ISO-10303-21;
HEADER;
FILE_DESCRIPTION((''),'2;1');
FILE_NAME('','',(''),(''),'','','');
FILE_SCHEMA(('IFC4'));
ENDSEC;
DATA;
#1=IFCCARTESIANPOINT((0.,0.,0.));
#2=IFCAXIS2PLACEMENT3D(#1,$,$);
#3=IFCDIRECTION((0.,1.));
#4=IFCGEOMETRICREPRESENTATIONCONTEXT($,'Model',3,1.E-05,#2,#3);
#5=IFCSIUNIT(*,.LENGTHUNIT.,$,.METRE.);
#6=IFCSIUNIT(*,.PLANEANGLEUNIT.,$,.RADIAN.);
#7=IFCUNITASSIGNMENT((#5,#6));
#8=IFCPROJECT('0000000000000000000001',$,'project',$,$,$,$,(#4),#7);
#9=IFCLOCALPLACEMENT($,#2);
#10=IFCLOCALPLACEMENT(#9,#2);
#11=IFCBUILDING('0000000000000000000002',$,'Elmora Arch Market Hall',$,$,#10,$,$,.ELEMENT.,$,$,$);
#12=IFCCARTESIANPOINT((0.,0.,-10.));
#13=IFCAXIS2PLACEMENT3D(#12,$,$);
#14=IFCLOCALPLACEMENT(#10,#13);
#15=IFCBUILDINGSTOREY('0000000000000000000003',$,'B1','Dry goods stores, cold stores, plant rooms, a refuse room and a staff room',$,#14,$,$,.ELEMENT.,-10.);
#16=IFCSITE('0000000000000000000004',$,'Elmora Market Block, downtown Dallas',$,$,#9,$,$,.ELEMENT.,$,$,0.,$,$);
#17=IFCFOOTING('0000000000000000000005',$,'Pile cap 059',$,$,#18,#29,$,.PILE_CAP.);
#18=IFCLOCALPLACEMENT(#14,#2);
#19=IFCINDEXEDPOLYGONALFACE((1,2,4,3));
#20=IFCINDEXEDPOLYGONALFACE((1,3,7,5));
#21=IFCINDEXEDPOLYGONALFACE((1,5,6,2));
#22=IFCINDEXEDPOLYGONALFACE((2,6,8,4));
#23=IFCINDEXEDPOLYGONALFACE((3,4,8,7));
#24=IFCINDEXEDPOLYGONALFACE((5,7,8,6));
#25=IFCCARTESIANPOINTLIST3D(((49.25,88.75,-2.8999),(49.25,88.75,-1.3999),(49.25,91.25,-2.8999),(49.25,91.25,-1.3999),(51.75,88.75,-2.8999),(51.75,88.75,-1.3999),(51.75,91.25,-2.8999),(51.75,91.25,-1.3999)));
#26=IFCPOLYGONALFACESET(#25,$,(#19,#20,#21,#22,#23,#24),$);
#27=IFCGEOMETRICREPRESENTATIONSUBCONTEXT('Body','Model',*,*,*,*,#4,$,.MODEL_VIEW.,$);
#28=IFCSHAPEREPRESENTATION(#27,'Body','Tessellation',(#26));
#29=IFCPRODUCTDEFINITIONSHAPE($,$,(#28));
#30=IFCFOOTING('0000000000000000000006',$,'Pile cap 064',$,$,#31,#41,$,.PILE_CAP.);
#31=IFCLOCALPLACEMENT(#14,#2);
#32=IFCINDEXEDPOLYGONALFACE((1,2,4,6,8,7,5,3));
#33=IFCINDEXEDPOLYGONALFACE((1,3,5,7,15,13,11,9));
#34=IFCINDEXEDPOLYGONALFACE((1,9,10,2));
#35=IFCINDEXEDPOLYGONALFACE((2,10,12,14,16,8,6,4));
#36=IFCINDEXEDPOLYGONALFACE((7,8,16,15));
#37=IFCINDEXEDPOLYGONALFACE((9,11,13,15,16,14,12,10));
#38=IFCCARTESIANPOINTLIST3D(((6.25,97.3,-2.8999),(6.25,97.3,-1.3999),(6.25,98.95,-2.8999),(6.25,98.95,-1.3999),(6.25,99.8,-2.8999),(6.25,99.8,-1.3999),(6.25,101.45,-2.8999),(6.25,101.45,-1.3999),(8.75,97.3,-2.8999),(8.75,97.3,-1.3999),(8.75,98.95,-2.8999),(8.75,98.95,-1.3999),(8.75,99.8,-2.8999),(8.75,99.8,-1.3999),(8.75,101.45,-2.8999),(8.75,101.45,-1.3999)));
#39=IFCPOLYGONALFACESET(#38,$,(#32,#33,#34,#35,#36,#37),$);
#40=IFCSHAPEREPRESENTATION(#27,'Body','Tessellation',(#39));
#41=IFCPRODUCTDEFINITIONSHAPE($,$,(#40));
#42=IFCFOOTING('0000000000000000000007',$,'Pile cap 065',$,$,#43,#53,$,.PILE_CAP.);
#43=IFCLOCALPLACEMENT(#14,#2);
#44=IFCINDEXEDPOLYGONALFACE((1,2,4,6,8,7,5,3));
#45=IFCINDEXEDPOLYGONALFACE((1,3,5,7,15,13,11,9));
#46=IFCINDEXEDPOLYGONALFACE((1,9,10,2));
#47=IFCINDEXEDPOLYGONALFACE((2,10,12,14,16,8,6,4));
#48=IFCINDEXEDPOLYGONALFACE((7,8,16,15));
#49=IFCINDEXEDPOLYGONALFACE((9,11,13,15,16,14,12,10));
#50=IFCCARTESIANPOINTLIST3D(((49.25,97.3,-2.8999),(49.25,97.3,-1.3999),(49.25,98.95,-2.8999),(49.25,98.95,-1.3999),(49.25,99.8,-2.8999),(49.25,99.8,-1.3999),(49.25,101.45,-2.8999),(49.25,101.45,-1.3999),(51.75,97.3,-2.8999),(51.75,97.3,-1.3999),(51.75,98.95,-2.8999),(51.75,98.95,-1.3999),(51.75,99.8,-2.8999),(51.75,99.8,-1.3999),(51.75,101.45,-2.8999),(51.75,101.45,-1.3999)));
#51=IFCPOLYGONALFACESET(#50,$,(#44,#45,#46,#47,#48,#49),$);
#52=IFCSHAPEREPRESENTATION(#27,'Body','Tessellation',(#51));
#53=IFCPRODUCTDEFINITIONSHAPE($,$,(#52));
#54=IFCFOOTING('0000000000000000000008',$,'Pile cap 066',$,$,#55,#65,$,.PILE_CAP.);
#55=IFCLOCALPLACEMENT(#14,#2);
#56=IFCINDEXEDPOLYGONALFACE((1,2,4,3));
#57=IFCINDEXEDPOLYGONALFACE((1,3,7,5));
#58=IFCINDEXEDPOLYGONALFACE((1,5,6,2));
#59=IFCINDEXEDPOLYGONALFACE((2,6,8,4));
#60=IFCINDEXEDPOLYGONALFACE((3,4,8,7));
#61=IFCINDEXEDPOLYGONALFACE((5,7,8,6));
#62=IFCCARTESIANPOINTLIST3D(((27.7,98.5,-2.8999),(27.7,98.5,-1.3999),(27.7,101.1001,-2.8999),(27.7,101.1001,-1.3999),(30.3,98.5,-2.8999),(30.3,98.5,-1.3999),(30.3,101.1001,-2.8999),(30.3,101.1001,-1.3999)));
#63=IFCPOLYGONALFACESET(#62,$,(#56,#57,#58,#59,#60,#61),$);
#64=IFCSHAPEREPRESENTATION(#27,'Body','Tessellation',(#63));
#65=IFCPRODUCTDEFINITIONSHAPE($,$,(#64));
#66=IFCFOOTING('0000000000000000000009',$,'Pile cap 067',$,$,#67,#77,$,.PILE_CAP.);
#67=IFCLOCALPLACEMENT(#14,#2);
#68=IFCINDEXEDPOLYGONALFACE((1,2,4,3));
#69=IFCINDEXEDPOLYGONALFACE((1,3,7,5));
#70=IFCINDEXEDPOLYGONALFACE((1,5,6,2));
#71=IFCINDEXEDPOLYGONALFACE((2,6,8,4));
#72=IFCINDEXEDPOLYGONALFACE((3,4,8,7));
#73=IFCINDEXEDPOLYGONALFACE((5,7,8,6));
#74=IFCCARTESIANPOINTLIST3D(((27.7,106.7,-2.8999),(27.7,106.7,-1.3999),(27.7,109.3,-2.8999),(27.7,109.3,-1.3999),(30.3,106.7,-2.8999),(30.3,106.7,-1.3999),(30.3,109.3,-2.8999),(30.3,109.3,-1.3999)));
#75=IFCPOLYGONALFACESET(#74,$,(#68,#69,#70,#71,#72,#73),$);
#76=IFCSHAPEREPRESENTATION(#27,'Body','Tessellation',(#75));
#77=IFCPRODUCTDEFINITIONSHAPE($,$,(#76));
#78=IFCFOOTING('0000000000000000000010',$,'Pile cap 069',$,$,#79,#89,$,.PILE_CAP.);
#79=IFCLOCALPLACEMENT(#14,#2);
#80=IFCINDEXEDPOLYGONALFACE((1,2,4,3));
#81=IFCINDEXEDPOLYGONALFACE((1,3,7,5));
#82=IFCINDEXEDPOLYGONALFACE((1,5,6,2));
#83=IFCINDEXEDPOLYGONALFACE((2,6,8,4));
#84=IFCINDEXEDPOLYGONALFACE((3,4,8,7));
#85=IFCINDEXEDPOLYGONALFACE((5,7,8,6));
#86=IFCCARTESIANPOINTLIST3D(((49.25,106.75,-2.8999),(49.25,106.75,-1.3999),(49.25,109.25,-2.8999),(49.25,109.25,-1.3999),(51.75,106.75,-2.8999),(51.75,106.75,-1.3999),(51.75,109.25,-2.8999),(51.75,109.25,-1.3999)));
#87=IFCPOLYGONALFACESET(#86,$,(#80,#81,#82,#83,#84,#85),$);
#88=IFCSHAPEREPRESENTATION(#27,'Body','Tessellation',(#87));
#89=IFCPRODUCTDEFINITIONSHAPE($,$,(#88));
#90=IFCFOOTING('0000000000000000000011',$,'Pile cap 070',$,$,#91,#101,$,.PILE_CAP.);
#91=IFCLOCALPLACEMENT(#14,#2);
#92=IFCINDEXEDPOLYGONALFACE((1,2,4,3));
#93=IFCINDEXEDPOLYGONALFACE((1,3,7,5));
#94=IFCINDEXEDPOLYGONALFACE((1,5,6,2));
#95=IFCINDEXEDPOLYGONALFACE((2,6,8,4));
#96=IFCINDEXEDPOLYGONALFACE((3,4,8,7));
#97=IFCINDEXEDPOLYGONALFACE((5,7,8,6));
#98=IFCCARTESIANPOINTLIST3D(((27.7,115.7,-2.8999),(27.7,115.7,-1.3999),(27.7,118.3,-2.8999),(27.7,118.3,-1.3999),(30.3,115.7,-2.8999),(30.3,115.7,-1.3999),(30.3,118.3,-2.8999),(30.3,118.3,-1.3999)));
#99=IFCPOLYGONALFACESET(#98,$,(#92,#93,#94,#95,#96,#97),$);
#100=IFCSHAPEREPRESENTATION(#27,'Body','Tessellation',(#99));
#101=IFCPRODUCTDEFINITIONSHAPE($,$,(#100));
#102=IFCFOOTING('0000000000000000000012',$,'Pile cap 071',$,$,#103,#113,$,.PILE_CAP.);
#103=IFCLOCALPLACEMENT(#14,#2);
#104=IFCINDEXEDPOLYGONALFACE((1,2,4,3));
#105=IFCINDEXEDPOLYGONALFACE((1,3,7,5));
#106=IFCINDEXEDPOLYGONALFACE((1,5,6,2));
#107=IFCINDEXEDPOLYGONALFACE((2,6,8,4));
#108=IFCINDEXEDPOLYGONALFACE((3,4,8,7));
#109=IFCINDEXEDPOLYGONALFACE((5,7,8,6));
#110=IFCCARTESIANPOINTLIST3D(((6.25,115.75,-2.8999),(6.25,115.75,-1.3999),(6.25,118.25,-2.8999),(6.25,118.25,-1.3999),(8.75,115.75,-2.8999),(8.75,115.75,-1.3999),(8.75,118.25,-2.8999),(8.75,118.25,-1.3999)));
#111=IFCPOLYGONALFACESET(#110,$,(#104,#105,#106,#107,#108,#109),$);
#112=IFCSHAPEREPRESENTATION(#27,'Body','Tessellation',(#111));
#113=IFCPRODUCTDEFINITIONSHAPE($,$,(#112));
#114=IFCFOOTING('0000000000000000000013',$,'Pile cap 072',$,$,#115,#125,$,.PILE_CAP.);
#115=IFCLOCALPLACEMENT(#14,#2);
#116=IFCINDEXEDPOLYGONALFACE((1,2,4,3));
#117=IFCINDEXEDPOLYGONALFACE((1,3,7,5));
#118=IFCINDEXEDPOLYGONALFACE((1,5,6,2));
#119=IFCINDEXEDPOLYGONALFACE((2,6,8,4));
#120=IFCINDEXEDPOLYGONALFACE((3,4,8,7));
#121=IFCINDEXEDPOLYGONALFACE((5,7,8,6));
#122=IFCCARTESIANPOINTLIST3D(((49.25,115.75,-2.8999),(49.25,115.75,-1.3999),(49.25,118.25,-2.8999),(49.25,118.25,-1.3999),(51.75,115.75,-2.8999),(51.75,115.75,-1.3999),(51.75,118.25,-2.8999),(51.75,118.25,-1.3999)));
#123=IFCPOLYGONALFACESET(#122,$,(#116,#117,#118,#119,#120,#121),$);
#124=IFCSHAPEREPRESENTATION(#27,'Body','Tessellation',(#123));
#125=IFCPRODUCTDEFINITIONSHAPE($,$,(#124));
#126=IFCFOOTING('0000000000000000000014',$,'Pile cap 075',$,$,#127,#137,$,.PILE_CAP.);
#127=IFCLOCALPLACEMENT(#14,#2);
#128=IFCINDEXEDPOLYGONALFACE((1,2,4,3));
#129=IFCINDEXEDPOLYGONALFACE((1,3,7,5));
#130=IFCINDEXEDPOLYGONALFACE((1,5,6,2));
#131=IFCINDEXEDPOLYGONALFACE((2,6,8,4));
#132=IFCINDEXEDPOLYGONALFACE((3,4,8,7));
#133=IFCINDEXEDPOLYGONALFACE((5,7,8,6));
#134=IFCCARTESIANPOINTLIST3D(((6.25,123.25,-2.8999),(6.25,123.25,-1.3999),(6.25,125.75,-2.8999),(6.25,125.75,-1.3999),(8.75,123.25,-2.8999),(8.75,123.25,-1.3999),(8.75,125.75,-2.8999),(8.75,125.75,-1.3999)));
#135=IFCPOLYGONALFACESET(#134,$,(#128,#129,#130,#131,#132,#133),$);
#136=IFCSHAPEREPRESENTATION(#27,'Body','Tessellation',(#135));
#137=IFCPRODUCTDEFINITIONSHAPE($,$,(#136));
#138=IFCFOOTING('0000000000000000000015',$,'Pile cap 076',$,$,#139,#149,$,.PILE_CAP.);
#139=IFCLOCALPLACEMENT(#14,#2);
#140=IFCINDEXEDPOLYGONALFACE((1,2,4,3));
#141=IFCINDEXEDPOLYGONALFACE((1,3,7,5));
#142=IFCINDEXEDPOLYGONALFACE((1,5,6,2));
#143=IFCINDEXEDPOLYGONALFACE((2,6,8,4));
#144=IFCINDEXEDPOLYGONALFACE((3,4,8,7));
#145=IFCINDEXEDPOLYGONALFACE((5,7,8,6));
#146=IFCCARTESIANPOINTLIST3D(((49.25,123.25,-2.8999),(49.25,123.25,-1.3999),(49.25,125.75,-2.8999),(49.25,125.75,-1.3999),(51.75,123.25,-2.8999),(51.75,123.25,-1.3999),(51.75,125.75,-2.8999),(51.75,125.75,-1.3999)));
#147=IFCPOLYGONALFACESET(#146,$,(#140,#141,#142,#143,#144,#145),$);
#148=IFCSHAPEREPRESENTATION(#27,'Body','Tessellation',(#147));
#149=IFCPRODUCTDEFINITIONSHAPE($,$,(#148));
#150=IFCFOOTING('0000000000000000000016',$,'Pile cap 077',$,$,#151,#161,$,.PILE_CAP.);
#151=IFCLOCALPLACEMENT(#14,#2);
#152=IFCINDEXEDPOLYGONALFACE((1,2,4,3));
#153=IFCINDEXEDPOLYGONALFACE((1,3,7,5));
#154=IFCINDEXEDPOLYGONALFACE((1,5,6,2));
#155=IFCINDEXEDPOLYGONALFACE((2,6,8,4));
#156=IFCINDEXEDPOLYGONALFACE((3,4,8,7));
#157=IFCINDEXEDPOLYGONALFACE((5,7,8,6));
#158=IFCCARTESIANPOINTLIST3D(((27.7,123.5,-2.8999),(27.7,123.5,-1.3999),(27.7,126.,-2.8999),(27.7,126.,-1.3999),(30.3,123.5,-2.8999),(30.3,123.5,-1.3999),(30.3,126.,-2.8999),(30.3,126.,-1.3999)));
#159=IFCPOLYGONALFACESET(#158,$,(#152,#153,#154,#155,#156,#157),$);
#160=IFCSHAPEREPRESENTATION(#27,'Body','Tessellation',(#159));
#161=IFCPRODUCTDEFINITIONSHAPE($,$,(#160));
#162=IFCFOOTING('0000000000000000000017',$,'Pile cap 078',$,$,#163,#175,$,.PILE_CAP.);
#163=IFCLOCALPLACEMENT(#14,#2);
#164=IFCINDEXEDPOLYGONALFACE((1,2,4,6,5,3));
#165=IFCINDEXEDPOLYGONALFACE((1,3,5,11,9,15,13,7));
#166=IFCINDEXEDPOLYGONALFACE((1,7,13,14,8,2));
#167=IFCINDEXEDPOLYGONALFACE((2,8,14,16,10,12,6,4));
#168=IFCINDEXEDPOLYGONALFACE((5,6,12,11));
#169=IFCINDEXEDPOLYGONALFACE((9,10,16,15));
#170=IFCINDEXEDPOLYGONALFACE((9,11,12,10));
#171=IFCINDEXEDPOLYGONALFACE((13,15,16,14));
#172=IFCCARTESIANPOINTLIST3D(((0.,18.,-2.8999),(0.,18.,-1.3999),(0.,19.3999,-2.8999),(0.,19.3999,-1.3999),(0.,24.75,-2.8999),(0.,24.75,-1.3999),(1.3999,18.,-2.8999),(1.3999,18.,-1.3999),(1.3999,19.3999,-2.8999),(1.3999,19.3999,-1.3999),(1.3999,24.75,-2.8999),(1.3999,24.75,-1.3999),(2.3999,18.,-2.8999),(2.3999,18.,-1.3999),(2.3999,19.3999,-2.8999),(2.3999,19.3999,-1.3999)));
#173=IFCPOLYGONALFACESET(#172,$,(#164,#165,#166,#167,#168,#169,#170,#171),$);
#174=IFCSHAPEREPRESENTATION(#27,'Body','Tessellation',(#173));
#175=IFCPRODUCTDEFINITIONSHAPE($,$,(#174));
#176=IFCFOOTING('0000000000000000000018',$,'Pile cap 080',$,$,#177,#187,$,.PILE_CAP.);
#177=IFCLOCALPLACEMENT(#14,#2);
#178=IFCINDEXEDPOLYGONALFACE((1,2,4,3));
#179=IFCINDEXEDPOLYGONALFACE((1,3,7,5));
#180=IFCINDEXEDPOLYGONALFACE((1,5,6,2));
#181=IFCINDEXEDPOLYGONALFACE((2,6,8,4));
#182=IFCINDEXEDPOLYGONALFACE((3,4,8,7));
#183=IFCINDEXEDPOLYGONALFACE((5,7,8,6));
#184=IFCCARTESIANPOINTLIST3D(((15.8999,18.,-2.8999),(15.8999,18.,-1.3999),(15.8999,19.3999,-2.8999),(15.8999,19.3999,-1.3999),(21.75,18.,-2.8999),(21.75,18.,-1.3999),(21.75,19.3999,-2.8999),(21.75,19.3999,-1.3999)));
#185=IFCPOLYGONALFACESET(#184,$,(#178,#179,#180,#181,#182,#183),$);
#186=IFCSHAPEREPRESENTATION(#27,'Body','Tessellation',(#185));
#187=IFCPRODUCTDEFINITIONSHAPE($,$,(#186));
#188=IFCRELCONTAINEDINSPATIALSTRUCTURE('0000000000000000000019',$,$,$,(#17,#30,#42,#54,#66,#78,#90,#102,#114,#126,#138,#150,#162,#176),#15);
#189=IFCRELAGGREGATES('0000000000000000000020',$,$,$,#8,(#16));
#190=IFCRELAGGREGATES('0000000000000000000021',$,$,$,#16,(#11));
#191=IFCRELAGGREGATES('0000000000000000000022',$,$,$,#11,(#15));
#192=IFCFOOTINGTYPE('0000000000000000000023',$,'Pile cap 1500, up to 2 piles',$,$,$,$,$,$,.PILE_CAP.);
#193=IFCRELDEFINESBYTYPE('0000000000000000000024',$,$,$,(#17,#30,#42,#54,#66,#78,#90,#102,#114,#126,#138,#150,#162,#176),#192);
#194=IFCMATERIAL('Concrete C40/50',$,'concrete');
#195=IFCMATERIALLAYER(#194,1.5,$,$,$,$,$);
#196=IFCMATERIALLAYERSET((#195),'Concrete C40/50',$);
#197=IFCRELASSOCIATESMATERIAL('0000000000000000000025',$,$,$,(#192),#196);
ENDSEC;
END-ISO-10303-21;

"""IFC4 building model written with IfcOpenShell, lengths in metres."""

from ifc_helpers import new_model, si_unit, direction, frame, origin, place, context, subcontext, project, spatial, polyline, outline, extrude, material, layer, layer_set, type_object, element, save


model = new_model("IFC4")

# Units and contexts
model_context = context("Model", 3, precision=1e-05, world=origin(), true_north=direction((0.0, 1.0)))
body_context = subcontext(model_context, "Body", "Model", "MODEL_VIEW")
ifc_project = project(units=[si_unit("LENGTHUNIT", "METRE"), si_unit("PLANEANGLEUNIT", "RADIAN")], contexts=[model_context])

# Site, building, storey
site_placement = place(None, origin())
site = spatial("IfcSite", under=ifc_project, at=site_placement, Name="Elmora Market Block, downtown Dallas", CompositionType="ELEMENT", RefElevation=0.0)
building_placement = place(site_placement, origin())
building = spatial("IfcBuilding", under=site, at=building_placement, Name="Elmora Arch Market Hall", CompositionType="ELEMENT")
storey_placement = place(building_placement, frame((0.0, 0.0, -10.0)))
storey = spatial("IfcBuildingStorey", under=building, at=storey_placement, Name="B1", Description="Dry goods stores, cold stores, plant rooms, a refuse room and a staff room", CompositionType="ELEMENT", Elevation=-10.0)

# Footings
ifc_material_1 = material(Name="Concrete C40/50", Category="concrete")
ifc_layer_1 = layer(ifc_material_1, 1.5)
ifc_layer_set_1 = layer_set([ifc_layer_1], Name="Concrete C40/50")
footing_type_1 = type_object("IfcFootingType", Name="Pile cap 1500, up to 2 piles", PredefinedType="PILE_CAP", material=ifc_layer_set_1)
footing_1_placement = place(storey_placement, frame((0.0, 0.0, -2.8999)))
element("IfcFooting", 1, at=footing_1_placement, inside=storey, type_object=footing_type_1, Name="Pile cap 059", PredefinedType="PILE_CAP", context=body_context, shape_type="SweptSolid", body=[
    extrude(outline(polyline([(51.75, 88.75), (49.25, 88.75), (49.25, 91.25), (51.75, 91.25), (51.75, 88.75)])), origin(), (0.0, 0.0, 1.0), 1.5),
])
footing_2_placement = place(storey_placement, frame((0.0, 0.0, -2.8999)))
element("IfcFooting", 2, at=footing_2_placement, inside=storey, type_object=footing_type_1, Name="Pile cap 064", PredefinedType="PILE_CAP", context=body_context, shape_type="SweptSolid", body=[
    extrude(outline(polyline([(8.75, 97.3), (6.25, 97.3), (6.25, 98.95), (6.25, 99.8), (6.25, 101.45), (8.75, 101.45), (8.75, 99.8), (8.75, 98.95), (8.75, 97.3)])), origin(), (0.0, 0.0, 1.0), 1.5),
])
footing_3_placement = place(storey_placement, frame((0.0, 0.0, -2.8999)))
element("IfcFooting", 3, at=footing_3_placement, inside=storey, type_object=footing_type_1, Name="Pile cap 065", PredefinedType="PILE_CAP", context=body_context, shape_type="SweptSolid", body=[
    extrude(outline(polyline([(49.25, 99.8), (49.25, 101.45), (51.75, 101.45), (51.75, 99.8), (51.75, 98.95), (51.75, 97.3), (49.25, 97.3), (49.25, 98.95), (49.25, 99.8)])), origin(), (0.0, 0.0, 1.0), 1.5),
])
footing_4_placement = place(storey_placement, frame((0.0, 0.0, -2.8999)))
element("IfcFooting", 4, at=footing_4_placement, inside=storey, type_object=footing_type_1, Name="Pile cap 066", PredefinedType="PILE_CAP", context=body_context, shape_type="SweptSolid", body=[
    extrude(outline(polyline([(30.3, 98.5), (27.7, 98.5), (27.7, 101.1001), (30.3, 101.1001), (30.3, 98.5)])), origin(), (0.0, 0.0, 1.0), 1.5),
])
footing_5_placement = place(storey_placement, frame((0.0, 0.0, -2.8999)))
element("IfcFooting", 5, at=footing_5_placement, inside=storey, type_object=footing_type_1, Name="Pile cap 067", PredefinedType="PILE_CAP", context=body_context, shape_type="SweptSolid", body=[
    extrude(outline(polyline([(30.3, 106.7), (27.7, 106.7), (27.7, 109.3), (30.3, 109.3), (30.3, 106.7)])), origin(), (0.0, 0.0, 1.0), 1.5),
])
footing_6_placement = place(storey_placement, frame((0.0, 0.0, -2.8999)))
element("IfcFooting", 6, at=footing_6_placement, inside=storey, type_object=footing_type_1, Name="Pile cap 069", PredefinedType="PILE_CAP", context=body_context, shape_type="SweptSolid", body=[
    extrude(outline(polyline([(51.75, 106.75), (49.25, 106.75), (49.25, 109.25), (51.75, 109.25), (51.75, 106.75)])), origin(), (0.0, 0.0, 1.0), 1.5),
])
footing_7_placement = place(storey_placement, frame((0.0, 0.0, -2.8999)))
element("IfcFooting", 7, at=footing_7_placement, inside=storey, type_object=footing_type_1, Name="Pile cap 070", PredefinedType="PILE_CAP", context=body_context, shape_type="SweptSolid", body=[
    extrude(outline(polyline([(30.3, 115.7), (27.7, 115.7), (27.7, 118.3), (30.3, 118.3), (30.3, 115.7)])), origin(), (0.0, 0.0, 1.0), 1.5),
])
footing_8_placement = place(storey_placement, frame((0.0, 0.0, -2.8999)))
element("IfcFooting", 8, at=footing_8_placement, inside=storey, type_object=footing_type_1, Name="Pile cap 071", PredefinedType="PILE_CAP", context=body_context, shape_type="SweptSolid", body=[
    extrude(outline(polyline([(8.75, 115.75), (6.25, 115.75), (6.25, 118.25), (8.75, 118.25), (8.75, 115.75)])), origin(), (0.0, 0.0, 1.0), 1.5),
])
footing_9_placement = place(storey_placement, frame((0.0, 0.0, -2.8999)))
element("IfcFooting", 9, at=footing_9_placement, inside=storey, type_object=footing_type_1, Name="Pile cap 072", PredefinedType="PILE_CAP", context=body_context, shape_type="SweptSolid", body=[
    extrude(outline(polyline([(51.75, 115.75), (49.25, 115.75), (49.25, 118.25), (51.75, 118.25), (51.75, 115.75)])), origin(), (0.0, 0.0, 1.0), 1.5),
])
footing_10_placement = place(storey_placement, frame((0.0, 0.0, -2.8999)))
element("IfcFooting", 10, at=footing_10_placement, inside=storey, type_object=footing_type_1, Name="Pile cap 075", PredefinedType="PILE_CAP", context=body_context, shape_type="SweptSolid", body=[
    extrude(outline(polyline([(8.75, 125.75), (8.75, 123.25), (6.25, 123.25), (6.25, 125.75), (8.75, 125.75)])), origin(), (0.0, 0.0, 1.0), 1.5),
])
footing_11_placement = place(storey_placement, frame((0.0, 0.0, -2.8999)))
element("IfcFooting", 11, at=footing_11_placement, inside=storey, type_object=footing_type_1, Name="Pile cap 076", PredefinedType="PILE_CAP", context=body_context, shape_type="SweptSolid", body=[
    extrude(outline(polyline([(51.75, 123.25), (49.25, 123.25), (49.25, 125.75), (51.75, 125.75), (51.75, 123.25)])), origin(), (0.0, 0.0, 1.0), 1.5),
])
footing_12_placement = place(storey_placement, frame((0.0, 0.0, -2.8999)))
element("IfcFooting", 12, at=footing_12_placement, inside=storey, type_object=footing_type_1, Name="Pile cap 077", PredefinedType="PILE_CAP", context=body_context, shape_type="SweptSolid", body=[
    extrude(outline(polyline([(30.3, 123.5), (27.7, 123.5), (27.7, 126.0), (30.3, 126.0), (30.3, 123.5)])), origin(), (0.0, 0.0, 1.0), 1.5),
])
footing_13_placement = place(storey_placement, frame((0.0, 0.0, -2.8999)))
element("IfcFooting", 13, at=footing_13_placement, inside=storey, type_object=footing_type_1, Name="Pile cap 078", PredefinedType="PILE_CAP", context=body_context, shape_type="SweptSolid", body=[
    extrude(outline(polyline([(1.3999, 18.0), (0.0, 18.0), (0.0, 19.3999), (0.0, 24.75), (1.3999, 24.75), (1.3999, 19.3999), (2.3999, 19.3999), (2.3999, 18.0), (1.3999, 18.0)])), origin(), (0.0, 0.0, 1.0), 1.5),
])
footing_14_placement = place(storey_placement, frame((0.0, 0.0, -2.8999)))
element("IfcFooting", 14, at=footing_14_placement, inside=storey, type_object=footing_type_1, Name="Pile cap 080", PredefinedType="PILE_CAP", context=body_context, shape_type="SweptSolid", body=[
    extrude(outline(polyline([(15.8999, 18.0), (15.8999, 19.3999), (21.75, 19.3999), (21.75, 18.0), (15.8999, 18.0)])), origin(), (0.0, 0.0, 1.0), 1.5),
])

save(model, "model.ifc")
